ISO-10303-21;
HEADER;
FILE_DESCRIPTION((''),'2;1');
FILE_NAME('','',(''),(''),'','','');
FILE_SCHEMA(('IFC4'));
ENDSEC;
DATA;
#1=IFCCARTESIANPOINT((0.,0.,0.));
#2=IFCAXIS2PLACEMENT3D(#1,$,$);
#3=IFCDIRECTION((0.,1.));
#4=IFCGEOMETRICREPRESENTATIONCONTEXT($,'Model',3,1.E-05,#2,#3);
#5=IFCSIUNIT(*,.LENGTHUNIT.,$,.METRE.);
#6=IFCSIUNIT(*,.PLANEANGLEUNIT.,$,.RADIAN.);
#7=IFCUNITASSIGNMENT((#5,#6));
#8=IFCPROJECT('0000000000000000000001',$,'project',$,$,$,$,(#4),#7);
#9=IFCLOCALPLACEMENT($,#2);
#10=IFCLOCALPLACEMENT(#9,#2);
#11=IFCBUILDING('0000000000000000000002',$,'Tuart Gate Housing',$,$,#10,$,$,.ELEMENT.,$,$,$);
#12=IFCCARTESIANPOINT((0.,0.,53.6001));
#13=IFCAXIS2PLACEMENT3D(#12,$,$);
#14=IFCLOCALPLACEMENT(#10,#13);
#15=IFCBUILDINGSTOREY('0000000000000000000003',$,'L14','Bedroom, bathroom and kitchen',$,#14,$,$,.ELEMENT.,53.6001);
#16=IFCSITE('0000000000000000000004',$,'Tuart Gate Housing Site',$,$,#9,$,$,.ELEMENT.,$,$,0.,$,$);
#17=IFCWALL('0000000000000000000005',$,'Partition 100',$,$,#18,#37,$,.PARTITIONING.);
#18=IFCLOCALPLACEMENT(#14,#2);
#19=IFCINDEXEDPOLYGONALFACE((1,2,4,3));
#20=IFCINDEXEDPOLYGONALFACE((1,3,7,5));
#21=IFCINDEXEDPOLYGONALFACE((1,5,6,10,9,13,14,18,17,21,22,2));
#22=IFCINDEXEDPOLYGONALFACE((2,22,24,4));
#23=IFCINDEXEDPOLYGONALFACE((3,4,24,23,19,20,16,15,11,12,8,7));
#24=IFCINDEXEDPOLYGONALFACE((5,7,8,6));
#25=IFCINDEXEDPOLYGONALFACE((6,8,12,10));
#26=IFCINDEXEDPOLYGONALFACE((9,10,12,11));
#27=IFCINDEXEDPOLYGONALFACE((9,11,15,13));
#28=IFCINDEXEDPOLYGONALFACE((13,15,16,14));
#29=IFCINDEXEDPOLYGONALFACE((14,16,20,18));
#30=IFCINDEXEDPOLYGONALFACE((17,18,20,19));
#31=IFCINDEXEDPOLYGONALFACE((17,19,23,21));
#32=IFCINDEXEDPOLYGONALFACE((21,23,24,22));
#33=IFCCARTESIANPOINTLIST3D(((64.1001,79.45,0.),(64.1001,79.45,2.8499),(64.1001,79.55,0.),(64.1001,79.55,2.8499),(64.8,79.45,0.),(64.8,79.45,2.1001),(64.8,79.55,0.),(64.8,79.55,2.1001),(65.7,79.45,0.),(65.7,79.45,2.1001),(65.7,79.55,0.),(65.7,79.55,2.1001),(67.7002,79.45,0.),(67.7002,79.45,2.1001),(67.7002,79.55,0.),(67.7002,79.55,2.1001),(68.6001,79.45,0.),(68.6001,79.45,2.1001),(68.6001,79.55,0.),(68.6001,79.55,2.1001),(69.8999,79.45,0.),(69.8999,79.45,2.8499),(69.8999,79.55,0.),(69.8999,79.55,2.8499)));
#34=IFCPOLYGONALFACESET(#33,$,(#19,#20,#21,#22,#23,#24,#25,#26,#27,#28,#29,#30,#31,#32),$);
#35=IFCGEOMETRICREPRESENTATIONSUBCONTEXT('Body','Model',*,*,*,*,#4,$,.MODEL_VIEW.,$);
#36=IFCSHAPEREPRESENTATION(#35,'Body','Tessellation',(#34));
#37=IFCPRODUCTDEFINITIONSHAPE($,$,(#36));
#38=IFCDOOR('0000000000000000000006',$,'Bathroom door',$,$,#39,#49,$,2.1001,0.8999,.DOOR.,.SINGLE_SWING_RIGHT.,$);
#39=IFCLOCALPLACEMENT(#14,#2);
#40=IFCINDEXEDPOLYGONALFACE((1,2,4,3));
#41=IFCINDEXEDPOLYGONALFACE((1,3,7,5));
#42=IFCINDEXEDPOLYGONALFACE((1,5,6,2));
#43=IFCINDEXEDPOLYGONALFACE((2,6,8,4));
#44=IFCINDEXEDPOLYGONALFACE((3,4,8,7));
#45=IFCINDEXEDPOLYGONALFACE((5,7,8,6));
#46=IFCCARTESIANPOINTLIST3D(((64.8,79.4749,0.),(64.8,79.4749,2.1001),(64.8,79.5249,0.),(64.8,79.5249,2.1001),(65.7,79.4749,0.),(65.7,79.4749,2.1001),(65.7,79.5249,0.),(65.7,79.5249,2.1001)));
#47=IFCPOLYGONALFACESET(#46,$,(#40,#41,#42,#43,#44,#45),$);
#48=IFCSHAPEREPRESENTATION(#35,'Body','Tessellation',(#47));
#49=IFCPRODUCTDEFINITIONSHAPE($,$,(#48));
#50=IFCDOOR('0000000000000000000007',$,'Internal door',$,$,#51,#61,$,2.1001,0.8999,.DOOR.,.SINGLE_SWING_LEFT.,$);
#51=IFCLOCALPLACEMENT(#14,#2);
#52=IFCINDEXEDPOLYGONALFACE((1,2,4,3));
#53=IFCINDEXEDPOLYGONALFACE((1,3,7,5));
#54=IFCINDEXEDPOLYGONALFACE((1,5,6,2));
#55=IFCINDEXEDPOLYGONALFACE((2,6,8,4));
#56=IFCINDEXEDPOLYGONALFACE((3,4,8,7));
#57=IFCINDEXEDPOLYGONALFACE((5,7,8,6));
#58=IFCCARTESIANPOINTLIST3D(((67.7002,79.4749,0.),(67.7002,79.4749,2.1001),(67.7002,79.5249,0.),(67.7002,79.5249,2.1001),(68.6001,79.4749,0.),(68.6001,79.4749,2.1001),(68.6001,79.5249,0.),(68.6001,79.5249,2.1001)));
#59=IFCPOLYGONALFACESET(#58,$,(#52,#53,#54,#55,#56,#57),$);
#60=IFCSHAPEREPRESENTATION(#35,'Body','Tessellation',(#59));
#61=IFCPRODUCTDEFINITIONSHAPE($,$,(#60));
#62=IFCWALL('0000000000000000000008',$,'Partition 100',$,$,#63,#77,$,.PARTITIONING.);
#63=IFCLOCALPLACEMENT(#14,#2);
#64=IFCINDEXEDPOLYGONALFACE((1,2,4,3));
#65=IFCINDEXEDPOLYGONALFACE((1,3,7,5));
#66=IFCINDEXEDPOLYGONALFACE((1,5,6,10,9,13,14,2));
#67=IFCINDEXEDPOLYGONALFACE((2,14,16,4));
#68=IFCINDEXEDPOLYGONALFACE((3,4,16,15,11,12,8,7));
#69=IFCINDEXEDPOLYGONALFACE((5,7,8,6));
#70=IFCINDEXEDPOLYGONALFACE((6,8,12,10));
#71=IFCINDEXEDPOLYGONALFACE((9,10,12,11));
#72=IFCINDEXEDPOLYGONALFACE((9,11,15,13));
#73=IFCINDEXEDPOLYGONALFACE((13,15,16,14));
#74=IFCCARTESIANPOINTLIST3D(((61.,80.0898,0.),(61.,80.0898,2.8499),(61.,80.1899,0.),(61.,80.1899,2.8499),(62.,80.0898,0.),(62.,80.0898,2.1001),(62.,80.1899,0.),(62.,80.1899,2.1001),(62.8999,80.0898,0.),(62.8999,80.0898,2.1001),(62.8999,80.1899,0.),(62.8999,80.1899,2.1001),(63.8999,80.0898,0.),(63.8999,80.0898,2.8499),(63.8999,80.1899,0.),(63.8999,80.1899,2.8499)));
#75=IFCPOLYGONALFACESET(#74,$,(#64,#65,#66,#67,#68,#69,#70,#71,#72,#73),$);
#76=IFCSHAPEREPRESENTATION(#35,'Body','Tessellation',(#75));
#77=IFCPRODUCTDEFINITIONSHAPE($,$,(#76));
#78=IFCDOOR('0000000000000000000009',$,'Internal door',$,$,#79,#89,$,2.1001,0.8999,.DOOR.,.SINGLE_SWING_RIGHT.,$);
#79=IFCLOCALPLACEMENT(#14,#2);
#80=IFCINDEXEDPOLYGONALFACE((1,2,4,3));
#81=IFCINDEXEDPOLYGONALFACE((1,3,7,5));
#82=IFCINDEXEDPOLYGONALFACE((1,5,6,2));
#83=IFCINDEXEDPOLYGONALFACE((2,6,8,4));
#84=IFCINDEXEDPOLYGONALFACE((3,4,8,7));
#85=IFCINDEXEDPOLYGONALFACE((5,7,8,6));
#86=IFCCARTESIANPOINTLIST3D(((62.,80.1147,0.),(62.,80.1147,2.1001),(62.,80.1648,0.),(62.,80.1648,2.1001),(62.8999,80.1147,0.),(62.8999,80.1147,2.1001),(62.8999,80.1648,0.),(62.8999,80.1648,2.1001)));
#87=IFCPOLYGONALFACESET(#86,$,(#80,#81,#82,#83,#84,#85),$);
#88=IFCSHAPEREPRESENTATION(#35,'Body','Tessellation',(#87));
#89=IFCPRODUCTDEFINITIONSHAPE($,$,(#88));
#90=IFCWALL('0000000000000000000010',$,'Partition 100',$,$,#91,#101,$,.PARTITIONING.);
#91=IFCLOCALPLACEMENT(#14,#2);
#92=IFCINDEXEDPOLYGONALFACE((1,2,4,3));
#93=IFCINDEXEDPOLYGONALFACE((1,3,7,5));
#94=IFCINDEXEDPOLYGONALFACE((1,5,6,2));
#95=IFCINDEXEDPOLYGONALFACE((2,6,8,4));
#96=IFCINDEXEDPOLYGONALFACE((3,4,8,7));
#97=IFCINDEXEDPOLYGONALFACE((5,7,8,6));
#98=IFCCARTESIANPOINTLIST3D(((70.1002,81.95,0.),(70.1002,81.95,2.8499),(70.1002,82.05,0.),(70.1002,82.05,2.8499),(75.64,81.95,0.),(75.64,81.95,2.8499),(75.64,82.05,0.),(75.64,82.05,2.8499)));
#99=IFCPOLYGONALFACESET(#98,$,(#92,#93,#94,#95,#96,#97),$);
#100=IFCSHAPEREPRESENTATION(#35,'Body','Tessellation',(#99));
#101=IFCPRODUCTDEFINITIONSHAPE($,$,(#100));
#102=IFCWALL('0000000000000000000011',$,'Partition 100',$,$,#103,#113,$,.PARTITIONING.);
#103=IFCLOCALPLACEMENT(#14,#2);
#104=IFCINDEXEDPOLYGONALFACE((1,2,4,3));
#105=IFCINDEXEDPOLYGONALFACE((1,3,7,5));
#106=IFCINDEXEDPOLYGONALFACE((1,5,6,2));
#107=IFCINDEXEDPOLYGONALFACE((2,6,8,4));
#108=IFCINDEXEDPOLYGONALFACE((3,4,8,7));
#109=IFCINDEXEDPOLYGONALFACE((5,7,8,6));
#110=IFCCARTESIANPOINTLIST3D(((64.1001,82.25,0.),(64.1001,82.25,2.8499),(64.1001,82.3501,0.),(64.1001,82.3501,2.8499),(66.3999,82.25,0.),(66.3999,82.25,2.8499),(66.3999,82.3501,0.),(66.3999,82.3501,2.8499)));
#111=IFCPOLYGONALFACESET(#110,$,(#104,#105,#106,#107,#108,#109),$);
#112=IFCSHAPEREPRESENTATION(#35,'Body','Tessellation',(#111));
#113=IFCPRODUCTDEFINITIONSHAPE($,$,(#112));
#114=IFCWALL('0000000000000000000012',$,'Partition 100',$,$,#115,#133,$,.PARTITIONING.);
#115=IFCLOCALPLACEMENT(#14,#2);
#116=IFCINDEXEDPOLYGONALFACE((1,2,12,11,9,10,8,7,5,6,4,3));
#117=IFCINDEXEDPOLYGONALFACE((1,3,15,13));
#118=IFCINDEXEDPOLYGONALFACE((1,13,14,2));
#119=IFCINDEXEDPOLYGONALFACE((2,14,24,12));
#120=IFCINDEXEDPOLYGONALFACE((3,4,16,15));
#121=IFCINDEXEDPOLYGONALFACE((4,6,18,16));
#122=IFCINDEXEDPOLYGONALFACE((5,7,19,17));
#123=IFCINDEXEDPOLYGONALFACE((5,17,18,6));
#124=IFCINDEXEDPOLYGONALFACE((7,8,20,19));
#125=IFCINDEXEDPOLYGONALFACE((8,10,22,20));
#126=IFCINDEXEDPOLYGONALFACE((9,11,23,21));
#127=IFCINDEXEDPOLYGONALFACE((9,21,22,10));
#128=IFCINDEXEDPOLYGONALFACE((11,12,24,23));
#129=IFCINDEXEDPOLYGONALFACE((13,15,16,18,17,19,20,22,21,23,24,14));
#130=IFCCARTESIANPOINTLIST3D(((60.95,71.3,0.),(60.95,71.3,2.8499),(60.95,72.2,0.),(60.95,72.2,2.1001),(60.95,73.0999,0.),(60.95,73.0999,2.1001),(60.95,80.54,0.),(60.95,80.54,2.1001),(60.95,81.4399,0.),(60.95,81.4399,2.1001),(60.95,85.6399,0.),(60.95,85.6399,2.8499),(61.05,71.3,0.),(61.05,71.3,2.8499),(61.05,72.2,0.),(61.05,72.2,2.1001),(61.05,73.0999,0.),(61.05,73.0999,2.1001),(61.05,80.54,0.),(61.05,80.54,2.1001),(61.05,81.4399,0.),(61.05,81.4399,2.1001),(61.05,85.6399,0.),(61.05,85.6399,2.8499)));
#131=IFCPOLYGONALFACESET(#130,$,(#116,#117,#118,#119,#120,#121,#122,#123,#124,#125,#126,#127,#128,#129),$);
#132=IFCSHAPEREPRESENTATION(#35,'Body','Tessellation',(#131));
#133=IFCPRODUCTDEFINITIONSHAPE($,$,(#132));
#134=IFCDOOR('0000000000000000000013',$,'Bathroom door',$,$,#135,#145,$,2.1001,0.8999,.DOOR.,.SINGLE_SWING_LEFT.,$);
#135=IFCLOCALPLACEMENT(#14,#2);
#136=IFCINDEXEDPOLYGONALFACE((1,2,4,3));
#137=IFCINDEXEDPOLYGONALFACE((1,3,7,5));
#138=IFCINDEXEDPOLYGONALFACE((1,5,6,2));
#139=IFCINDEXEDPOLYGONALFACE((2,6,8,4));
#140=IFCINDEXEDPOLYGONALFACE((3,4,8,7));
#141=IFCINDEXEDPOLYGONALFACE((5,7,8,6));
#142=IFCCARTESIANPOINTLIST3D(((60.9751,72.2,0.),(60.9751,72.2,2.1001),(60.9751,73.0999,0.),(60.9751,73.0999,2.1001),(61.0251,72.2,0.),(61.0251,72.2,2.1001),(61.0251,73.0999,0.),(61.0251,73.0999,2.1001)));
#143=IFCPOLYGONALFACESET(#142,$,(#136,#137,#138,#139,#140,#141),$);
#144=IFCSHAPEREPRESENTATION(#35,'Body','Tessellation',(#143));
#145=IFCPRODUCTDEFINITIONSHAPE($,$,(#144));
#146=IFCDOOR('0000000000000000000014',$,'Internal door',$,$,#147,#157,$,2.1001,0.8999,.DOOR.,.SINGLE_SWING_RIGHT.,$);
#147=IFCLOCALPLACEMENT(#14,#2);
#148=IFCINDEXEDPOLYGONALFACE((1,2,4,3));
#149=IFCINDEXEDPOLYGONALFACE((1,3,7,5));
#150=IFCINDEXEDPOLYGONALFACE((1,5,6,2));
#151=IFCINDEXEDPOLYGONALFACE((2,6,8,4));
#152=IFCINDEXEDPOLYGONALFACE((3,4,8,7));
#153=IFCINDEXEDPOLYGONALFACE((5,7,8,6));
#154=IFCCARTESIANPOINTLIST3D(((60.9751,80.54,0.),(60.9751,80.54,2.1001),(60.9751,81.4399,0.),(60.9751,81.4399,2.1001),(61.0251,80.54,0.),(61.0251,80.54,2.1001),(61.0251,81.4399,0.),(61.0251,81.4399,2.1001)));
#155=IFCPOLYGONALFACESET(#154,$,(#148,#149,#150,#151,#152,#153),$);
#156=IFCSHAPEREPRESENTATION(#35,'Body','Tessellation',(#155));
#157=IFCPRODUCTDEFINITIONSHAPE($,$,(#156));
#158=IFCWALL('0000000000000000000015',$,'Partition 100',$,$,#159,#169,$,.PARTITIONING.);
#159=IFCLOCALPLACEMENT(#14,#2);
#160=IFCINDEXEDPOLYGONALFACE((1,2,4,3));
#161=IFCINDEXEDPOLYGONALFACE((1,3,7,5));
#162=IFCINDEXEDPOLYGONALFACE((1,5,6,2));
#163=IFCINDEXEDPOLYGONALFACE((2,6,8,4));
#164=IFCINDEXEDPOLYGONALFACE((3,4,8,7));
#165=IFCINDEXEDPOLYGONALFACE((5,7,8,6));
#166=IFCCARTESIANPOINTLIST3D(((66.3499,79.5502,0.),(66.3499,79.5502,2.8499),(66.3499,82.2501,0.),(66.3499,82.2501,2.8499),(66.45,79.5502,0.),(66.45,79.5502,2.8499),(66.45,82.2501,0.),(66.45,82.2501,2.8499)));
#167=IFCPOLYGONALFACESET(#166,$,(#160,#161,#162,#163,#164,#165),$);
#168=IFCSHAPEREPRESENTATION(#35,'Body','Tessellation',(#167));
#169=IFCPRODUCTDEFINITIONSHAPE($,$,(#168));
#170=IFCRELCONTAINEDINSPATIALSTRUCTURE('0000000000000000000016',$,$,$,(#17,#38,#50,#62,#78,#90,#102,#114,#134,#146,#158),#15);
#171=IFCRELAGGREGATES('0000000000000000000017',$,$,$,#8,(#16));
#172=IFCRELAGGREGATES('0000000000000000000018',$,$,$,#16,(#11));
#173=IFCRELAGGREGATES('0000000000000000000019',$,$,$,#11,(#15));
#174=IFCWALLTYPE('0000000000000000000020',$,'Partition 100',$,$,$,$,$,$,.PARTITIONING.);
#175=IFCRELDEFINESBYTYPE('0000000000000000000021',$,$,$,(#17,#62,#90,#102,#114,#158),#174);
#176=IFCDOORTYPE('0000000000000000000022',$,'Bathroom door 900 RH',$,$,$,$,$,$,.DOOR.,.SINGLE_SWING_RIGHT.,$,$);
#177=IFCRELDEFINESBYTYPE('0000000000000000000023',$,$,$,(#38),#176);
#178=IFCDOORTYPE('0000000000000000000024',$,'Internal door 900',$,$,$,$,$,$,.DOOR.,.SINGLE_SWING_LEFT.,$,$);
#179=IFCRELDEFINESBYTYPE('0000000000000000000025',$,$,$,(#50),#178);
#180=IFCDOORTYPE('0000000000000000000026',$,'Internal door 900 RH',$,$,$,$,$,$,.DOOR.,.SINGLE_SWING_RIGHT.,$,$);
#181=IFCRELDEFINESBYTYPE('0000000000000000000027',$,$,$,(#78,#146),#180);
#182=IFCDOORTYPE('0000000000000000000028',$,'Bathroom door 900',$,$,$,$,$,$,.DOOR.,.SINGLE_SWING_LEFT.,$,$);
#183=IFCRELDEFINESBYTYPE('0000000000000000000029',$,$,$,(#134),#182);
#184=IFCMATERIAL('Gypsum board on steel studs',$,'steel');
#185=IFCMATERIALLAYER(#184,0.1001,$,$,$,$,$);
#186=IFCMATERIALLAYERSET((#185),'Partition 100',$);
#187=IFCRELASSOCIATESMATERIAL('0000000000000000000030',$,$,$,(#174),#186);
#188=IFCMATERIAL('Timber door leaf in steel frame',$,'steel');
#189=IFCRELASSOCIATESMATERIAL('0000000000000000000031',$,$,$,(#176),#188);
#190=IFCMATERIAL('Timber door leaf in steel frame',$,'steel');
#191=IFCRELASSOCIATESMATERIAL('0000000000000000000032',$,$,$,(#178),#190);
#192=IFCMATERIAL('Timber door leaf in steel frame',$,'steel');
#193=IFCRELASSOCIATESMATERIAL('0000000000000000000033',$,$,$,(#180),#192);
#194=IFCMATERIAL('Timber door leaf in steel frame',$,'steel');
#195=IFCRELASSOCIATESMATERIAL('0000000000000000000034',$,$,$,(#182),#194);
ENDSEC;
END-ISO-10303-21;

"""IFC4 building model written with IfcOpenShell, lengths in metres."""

from ifc_helpers import new_model, si_unit, direction, frame, frame_2d, origin, place, context, subcontext, project, spatial, rectangle, extrude, material, layer, layer_set, type_object, element, fill, save


model = new_model("IFC4")

# Units and contexts
model_context = context("Model", 3, precision=1e-05, world=origin(), true_north=direction((0.0, 1.0)))
body_context = subcontext(model_context, "Body", "Model", "MODEL_VIEW")
ifc_project = project(units=[si_unit("LENGTHUNIT", "METRE"), si_unit("PLANEANGLEUNIT", "RADIAN")], contexts=[model_context])

# Site, building, storey
site_placement = place(None, origin())
site = spatial("IfcSite", under=ifc_project, at=site_placement, Name="Tuart Gate Housing Site", CompositionType="ELEMENT", RefElevation=0.0)
building_placement = place(site_placement, origin())
building = spatial("IfcBuilding", under=site, at=building_placement, Name="Tuart Gate Housing", CompositionType="ELEMENT")
storey_placement = place(building_placement, frame((0.0, 0.0, 53.6001)))
storey = spatial("IfcBuildingStorey", under=building, at=storey_placement, Name="L14", Description="Bedroom, bathroom and kitchen", CompositionType="ELEMENT", Elevation=53.6001)

# Wall, openings, doors
ifc_material_1 = material(Name="Gypsum board on steel studs", Category="steel")
ifc_layer_1 = layer(ifc_material_1, 0.1001)
ifc_layer_set_1 = layer_set([ifc_layer_1], Name="Partition 100")
wall_type_1 = type_object("IfcWallType", Name="Partition 100", PredefinedType="PARTITIONING", material=ifc_layer_set_1)
wall_1_placement = place(storey_placement, frame((64.1001, 79.5, 0.0), z_axis=(0.0, 0.0, 1.0), x_axis=(1.0, 0.0, 0.0)))
wall_1 = element("IfcWall", 1, at=wall_1_placement, inside=storey, type_object=wall_type_1, Name="Partition 100", PredefinedType="PARTITIONING", context=body_context, shape_type="SweptSolid", body=[
    extrude(rectangle(XDim=5.7998, YDim=0.1001, at=frame_2d((2.8999, 0.0))), origin(), (0.0, 0.0, 1.0), 2.8499),
])
opening_1_placement = place(wall_1_placement, frame((3.6001, 0.0, 0.0)))
opening_1 = element("IfcOpeningElement", 2, at=opening_1_placement, cuts=wall_1, PredefinedType="OPENING", context=body_context, shape_type="SweptSolid", body=[
    extrude(rectangle(XDim=0.8999, YDim=2.1001, at=frame_2d((0.45, 1.05))), frame((0.0, 0.0601, 0.0), z_axis=(0.0, -1.0, 0.0), x_axis=(1.0, 0.0, 0.0)), (0.0, 0.0, 1.0), 0.1201),
])
opening_2_placement = place(wall_1_placement, frame((0.7, 0.0, 0.0)))
opening_2 = element("IfcOpeningElement", 3, at=opening_2_placement, cuts=wall_1, PredefinedType="OPENING", context=body_context, shape_type="SweptSolid", body=[
    extrude(rectangle(XDim=0.8999, YDim=2.1001, at=frame_2d((0.45, 1.05))), frame((0.0, 0.0601, 0.0), z_axis=(0.0, -1.0, 0.0), x_axis=(1.0, 0.0, 0.0)), (0.0, 0.0, 1.0), 0.1201),
])
ifc_material_2 = material(Name="Timber door leaf in steel frame", Category="steel")
door_type_1 = type_object("IfcDoorType", Name="Bathroom door 900 RH", OperationType="SINGLE_SWING_RIGHT", PredefinedType="DOOR", material=ifc_material_2)
door_1_placement = place(opening_2_placement, origin())
door_1 = element("IfcDoor", 4, at=door_1_placement, inside=storey, type_object=door_type_1, Name="Bathroom door", OperationType="SINGLE_SWING_RIGHT", OverallHeight=2.1001, OverallWidth=0.8999, PredefinedType="DOOR", context=body_context, shape_type="SweptSolid", body=[
    extrude(rectangle(XDim=0.8999, YDim=2.1001, at=frame_2d((0.45, 1.05))), frame((0.0, 0.0249, 0.0), z_axis=(0.0, -1.0, 0.0), x_axis=(1.0, 0.0, 0.0)), (0.0, 0.0, 1.0), 0.05),
])
fill(opening_2, door_1)
ifc_material_3 = material(Name="Timber door leaf in steel frame", Category="steel")
door_type_2 = type_object("IfcDoorType", Name="Internal door 900", OperationType="SINGLE_SWING_LEFT", PredefinedType="DOOR", material=ifc_material_3)
door_2_placement = place(opening_1_placement, frame((0.8999, 0.0, 0.0), z_axis=(0.0, 0.0, 1.0), x_axis=(-1.0, 0.0, 0.0)))
door_2 = element("IfcDoor", 5, at=door_2_placement, inside=storey, type_object=door_type_2, Name="Internal door", OperationType="SINGLE_SWING_LEFT", OverallHeight=2.1001, OverallWidth=0.8999, PredefinedType="DOOR", context=body_context, shape_type="SweptSolid", body=[
    extrude(rectangle(XDim=0.8999, YDim=2.1001, at=frame_2d((0.45, 1.05))), frame((0.0, 0.0251, 0.0), z_axis=(0.0, -1.0, 0.0), x_axis=(1.0, 0.0, 0.0)), (0.0, 0.0, 1.0), 0.05),
])
fill(opening_1, door_2)

# Wall, opening, door
wall_2_placement = place(storey_placement, frame((61.0, 80.1399, 0.0), z_axis=(0.0, 0.0, 1.0), x_axis=(1.0, 0.0, 0.0)))
wall_2 = element("IfcWall", 6, at=wall_2_placement, inside=storey, type_object=wall_type_1, Name="Partition 100", PredefinedType="PARTITIONING", context=body_context, shape_type="SweptSolid", body=[
    extrude(rectangle(XDim=2.8999, YDim=0.1001, at=frame_2d((1.45, 0.0))), origin(), (0.0, 0.0, 1.0), 2.8499),
])
opening_3_placement = place(wall_2_placement, frame((1.0, 0.0, 0.0)))
opening_3 = element("IfcOpeningElement", 7, at=opening_3_placement, cuts=wall_2, PredefinedType="OPENING", context=body_context, shape_type="SweptSolid", body=[
    extrude(rectangle(XDim=0.8999, YDim=2.1001, at=frame_2d((0.45, 1.05))), frame((0.0, 0.0601, 0.0), z_axis=(0.0, -1.0, 0.0), x_axis=(1.0, 0.0, 0.0)), (0.0, 0.0, 1.0), 0.1201),
])
ifc_material_4 = material(Name="Timber door leaf in steel frame", Category="steel")
door_type_3 = type_object("IfcDoorType", Name="Internal door 900 RH", OperationType="SINGLE_SWING_RIGHT", PredefinedType="DOOR", material=ifc_material_4)
door_3_placement = place(opening_3_placement, frame((0.8999, 0.0, 0.0), z_axis=(0.0, 0.0, 1.0), x_axis=(-1.0, 0.0, 0.0)))
door_3 = element("IfcDoor", 8, at=door_3_placement, inside=storey, type_object=door_type_3, Name="Internal door", OperationType="SINGLE_SWING_RIGHT", OverallHeight=2.1001, OverallWidth=0.8999, PredefinedType="DOOR", context=body_context, shape_type="SweptSolid", body=[
    extrude(rectangle(XDim=0.8999, YDim=2.1001, at=frame_2d((0.45, 1.05))), frame((0.0, 0.0251, 0.0), z_axis=(0.0, -1.0, 0.0), x_axis=(1.0, 0.0, 0.0)), (0.0, 0.0, 1.0), 0.05),
])
fill(opening_3, door_3)

# Walls
wall_3_placement = place(storey_placement, frame((70.1001, 82.0, 0.0), z_axis=(0.0, 0.0, 1.0), x_axis=(1.0, 0.0, 0.0)))
element("IfcWall", 9, at=wall_3_placement, inside=storey, type_object=wall_type_1, Name="Partition 100", PredefinedType="PARTITIONING", context=body_context, shape_type="SweptSolid", body=[
    extrude(rectangle(XDim=5.5398, YDim=0.1001, at=frame_2d((2.77, 0.0))), origin(), (0.0, 0.0, 1.0), 2.8499),
])
wall_4_placement = place(storey_placement, frame((64.1001, 82.3, 0.0), z_axis=(0.0, 0.0, 1.0), x_axis=(1.0, 0.0, 0.0)))
element("IfcWall", 10, at=wall_4_placement, inside=storey, type_object=wall_type_1, Name="Partition 100", PredefinedType="PARTITIONING", context=body_context, shape_type="SweptSolid", body=[
    extrude(rectangle(XDim=2.2998, YDim=0.1001, at=frame_2d((1.1499, 0.0))), origin(), (0.0, 0.0, 1.0), 2.8499),
])

# Wall, openings, doors
wall_5_placement = place(storey_placement, frame((61.0, 71.3, 0.0), z_axis=(0.0, 0.0, 1.0), x_axis=(0.0, 1.0, 0.0)))
wall_5 = element("IfcWall", 11, at=wall_5_placement, inside=storey, type_object=wall_type_1, Name="Partition 100", PredefinedType="PARTITIONING", context=body_context, shape_type="SweptSolid", body=[
    extrude(rectangle(XDim=14.3398, YDim=0.1001, at=frame_2d((7.1699, 0.0))), origin(), (0.0, 0.0, 1.0), 2.8499),
])
opening_4_placement = place(wall_5_placement, frame((9.24, 0.0, 0.0)))
opening_4 = element("IfcOpeningElement", 12, at=opening_4_placement, cuts=wall_5, PredefinedType="OPENING", context=body_context, shape_type="SweptSolid", body=[
    extrude(rectangle(XDim=0.8999, YDim=2.1001, at=frame_2d((0.45, 1.05))), frame((0.0, 0.0601, 0.0), z_axis=(0.0, -1.0, 0.0), x_axis=(1.0, 0.0, 0.0)), (0.0, 0.0, 1.0), 0.1201),
])
opening_5_placement = place(wall_5_placement, frame((0.8999, 0.0, 0.0)))
opening_5 = element("IfcOpeningElement", 13, at=opening_5_placement, cuts=wall_5, PredefinedType="OPENING", context=body_context, shape_type="SweptSolid", body=[
    extrude(rectangle(XDim=0.8999, YDim=2.1001, at=frame_2d((0.45, 1.05))), frame((0.0, 0.0601, 0.0), z_axis=(0.0, -1.0, 0.0), x_axis=(1.0, 0.0, 0.0)), (0.0, 0.0, 1.0), 0.1201),
])
ifc_material_5 = material(Name="Timber door leaf in steel frame", Category="steel")
door_type_4 = type_object("IfcDoorType", Name="Bathroom door 900", OperationType="SINGLE_SWING_LEFT", PredefinedType="DOOR", material=ifc_material_5)
door_4_placement = place(opening_5_placement, origin())
door_4 = element("IfcDoor", 14, at=door_4_placement, inside=storey, type_object=door_type_4, Name="Bathroom door", OperationType="SINGLE_SWING_LEFT", OverallHeight=2.1001, OverallWidth=0.8999, PredefinedType="DOOR", context=body_context, shape_type="SweptSolid", body=[
    extrude(rectangle(XDim=0.8999, YDim=2.1001, at=frame_2d((0.45, 1.05))), frame((0.0, 0.0249, 0.0), z_axis=(0.0, -1.0, 0.0), x_axis=(1.0, 0.0, 0.0)), (0.0, 0.0, 1.0), 0.05),
])
fill(opening_5, door_4)
door_5_placement = place(opening_4_placement, origin())
door_5 = element("IfcDoor", 15, at=door_5_placement, inside=storey, type_object=door_type_3, Name="Internal door", OperationType="SINGLE_SWING_RIGHT", OverallHeight=2.1001, OverallWidth=0.8999, PredefinedType="DOOR", context=body_context, shape_type="SweptSolid", body=[
    extrude(rectangle(XDim=0.8999, YDim=2.1001, at=frame_2d((0.45, 1.05))), frame((0.0, 0.0249, 0.0), z_axis=(0.0, -1.0, 0.0), x_axis=(1.0, 0.0, 0.0)), (0.0, 0.0, 1.0), 0.05),
])
fill(opening_4, door_5)

# Wall
wall_6_placement = place(storey_placement, frame((66.3999, 79.55, 0.0), z_axis=(0.0, 0.0, 1.0), x_axis=(0.0, 1.0, 0.0)))
element("IfcWall", 16, at=wall_6_placement, inside=storey, type_object=wall_type_1, Name="Partition 100", PredefinedType="PARTITIONING", context=body_context, shape_type="SweptSolid", body=[
    extrude(rectangle(XDim=2.7, YDim=0.1001, at=frame_2d((1.3501, 0.0))), origin(), (0.0, 0.0, 1.0), 2.8499),
])

save(model, "model.ifc")
